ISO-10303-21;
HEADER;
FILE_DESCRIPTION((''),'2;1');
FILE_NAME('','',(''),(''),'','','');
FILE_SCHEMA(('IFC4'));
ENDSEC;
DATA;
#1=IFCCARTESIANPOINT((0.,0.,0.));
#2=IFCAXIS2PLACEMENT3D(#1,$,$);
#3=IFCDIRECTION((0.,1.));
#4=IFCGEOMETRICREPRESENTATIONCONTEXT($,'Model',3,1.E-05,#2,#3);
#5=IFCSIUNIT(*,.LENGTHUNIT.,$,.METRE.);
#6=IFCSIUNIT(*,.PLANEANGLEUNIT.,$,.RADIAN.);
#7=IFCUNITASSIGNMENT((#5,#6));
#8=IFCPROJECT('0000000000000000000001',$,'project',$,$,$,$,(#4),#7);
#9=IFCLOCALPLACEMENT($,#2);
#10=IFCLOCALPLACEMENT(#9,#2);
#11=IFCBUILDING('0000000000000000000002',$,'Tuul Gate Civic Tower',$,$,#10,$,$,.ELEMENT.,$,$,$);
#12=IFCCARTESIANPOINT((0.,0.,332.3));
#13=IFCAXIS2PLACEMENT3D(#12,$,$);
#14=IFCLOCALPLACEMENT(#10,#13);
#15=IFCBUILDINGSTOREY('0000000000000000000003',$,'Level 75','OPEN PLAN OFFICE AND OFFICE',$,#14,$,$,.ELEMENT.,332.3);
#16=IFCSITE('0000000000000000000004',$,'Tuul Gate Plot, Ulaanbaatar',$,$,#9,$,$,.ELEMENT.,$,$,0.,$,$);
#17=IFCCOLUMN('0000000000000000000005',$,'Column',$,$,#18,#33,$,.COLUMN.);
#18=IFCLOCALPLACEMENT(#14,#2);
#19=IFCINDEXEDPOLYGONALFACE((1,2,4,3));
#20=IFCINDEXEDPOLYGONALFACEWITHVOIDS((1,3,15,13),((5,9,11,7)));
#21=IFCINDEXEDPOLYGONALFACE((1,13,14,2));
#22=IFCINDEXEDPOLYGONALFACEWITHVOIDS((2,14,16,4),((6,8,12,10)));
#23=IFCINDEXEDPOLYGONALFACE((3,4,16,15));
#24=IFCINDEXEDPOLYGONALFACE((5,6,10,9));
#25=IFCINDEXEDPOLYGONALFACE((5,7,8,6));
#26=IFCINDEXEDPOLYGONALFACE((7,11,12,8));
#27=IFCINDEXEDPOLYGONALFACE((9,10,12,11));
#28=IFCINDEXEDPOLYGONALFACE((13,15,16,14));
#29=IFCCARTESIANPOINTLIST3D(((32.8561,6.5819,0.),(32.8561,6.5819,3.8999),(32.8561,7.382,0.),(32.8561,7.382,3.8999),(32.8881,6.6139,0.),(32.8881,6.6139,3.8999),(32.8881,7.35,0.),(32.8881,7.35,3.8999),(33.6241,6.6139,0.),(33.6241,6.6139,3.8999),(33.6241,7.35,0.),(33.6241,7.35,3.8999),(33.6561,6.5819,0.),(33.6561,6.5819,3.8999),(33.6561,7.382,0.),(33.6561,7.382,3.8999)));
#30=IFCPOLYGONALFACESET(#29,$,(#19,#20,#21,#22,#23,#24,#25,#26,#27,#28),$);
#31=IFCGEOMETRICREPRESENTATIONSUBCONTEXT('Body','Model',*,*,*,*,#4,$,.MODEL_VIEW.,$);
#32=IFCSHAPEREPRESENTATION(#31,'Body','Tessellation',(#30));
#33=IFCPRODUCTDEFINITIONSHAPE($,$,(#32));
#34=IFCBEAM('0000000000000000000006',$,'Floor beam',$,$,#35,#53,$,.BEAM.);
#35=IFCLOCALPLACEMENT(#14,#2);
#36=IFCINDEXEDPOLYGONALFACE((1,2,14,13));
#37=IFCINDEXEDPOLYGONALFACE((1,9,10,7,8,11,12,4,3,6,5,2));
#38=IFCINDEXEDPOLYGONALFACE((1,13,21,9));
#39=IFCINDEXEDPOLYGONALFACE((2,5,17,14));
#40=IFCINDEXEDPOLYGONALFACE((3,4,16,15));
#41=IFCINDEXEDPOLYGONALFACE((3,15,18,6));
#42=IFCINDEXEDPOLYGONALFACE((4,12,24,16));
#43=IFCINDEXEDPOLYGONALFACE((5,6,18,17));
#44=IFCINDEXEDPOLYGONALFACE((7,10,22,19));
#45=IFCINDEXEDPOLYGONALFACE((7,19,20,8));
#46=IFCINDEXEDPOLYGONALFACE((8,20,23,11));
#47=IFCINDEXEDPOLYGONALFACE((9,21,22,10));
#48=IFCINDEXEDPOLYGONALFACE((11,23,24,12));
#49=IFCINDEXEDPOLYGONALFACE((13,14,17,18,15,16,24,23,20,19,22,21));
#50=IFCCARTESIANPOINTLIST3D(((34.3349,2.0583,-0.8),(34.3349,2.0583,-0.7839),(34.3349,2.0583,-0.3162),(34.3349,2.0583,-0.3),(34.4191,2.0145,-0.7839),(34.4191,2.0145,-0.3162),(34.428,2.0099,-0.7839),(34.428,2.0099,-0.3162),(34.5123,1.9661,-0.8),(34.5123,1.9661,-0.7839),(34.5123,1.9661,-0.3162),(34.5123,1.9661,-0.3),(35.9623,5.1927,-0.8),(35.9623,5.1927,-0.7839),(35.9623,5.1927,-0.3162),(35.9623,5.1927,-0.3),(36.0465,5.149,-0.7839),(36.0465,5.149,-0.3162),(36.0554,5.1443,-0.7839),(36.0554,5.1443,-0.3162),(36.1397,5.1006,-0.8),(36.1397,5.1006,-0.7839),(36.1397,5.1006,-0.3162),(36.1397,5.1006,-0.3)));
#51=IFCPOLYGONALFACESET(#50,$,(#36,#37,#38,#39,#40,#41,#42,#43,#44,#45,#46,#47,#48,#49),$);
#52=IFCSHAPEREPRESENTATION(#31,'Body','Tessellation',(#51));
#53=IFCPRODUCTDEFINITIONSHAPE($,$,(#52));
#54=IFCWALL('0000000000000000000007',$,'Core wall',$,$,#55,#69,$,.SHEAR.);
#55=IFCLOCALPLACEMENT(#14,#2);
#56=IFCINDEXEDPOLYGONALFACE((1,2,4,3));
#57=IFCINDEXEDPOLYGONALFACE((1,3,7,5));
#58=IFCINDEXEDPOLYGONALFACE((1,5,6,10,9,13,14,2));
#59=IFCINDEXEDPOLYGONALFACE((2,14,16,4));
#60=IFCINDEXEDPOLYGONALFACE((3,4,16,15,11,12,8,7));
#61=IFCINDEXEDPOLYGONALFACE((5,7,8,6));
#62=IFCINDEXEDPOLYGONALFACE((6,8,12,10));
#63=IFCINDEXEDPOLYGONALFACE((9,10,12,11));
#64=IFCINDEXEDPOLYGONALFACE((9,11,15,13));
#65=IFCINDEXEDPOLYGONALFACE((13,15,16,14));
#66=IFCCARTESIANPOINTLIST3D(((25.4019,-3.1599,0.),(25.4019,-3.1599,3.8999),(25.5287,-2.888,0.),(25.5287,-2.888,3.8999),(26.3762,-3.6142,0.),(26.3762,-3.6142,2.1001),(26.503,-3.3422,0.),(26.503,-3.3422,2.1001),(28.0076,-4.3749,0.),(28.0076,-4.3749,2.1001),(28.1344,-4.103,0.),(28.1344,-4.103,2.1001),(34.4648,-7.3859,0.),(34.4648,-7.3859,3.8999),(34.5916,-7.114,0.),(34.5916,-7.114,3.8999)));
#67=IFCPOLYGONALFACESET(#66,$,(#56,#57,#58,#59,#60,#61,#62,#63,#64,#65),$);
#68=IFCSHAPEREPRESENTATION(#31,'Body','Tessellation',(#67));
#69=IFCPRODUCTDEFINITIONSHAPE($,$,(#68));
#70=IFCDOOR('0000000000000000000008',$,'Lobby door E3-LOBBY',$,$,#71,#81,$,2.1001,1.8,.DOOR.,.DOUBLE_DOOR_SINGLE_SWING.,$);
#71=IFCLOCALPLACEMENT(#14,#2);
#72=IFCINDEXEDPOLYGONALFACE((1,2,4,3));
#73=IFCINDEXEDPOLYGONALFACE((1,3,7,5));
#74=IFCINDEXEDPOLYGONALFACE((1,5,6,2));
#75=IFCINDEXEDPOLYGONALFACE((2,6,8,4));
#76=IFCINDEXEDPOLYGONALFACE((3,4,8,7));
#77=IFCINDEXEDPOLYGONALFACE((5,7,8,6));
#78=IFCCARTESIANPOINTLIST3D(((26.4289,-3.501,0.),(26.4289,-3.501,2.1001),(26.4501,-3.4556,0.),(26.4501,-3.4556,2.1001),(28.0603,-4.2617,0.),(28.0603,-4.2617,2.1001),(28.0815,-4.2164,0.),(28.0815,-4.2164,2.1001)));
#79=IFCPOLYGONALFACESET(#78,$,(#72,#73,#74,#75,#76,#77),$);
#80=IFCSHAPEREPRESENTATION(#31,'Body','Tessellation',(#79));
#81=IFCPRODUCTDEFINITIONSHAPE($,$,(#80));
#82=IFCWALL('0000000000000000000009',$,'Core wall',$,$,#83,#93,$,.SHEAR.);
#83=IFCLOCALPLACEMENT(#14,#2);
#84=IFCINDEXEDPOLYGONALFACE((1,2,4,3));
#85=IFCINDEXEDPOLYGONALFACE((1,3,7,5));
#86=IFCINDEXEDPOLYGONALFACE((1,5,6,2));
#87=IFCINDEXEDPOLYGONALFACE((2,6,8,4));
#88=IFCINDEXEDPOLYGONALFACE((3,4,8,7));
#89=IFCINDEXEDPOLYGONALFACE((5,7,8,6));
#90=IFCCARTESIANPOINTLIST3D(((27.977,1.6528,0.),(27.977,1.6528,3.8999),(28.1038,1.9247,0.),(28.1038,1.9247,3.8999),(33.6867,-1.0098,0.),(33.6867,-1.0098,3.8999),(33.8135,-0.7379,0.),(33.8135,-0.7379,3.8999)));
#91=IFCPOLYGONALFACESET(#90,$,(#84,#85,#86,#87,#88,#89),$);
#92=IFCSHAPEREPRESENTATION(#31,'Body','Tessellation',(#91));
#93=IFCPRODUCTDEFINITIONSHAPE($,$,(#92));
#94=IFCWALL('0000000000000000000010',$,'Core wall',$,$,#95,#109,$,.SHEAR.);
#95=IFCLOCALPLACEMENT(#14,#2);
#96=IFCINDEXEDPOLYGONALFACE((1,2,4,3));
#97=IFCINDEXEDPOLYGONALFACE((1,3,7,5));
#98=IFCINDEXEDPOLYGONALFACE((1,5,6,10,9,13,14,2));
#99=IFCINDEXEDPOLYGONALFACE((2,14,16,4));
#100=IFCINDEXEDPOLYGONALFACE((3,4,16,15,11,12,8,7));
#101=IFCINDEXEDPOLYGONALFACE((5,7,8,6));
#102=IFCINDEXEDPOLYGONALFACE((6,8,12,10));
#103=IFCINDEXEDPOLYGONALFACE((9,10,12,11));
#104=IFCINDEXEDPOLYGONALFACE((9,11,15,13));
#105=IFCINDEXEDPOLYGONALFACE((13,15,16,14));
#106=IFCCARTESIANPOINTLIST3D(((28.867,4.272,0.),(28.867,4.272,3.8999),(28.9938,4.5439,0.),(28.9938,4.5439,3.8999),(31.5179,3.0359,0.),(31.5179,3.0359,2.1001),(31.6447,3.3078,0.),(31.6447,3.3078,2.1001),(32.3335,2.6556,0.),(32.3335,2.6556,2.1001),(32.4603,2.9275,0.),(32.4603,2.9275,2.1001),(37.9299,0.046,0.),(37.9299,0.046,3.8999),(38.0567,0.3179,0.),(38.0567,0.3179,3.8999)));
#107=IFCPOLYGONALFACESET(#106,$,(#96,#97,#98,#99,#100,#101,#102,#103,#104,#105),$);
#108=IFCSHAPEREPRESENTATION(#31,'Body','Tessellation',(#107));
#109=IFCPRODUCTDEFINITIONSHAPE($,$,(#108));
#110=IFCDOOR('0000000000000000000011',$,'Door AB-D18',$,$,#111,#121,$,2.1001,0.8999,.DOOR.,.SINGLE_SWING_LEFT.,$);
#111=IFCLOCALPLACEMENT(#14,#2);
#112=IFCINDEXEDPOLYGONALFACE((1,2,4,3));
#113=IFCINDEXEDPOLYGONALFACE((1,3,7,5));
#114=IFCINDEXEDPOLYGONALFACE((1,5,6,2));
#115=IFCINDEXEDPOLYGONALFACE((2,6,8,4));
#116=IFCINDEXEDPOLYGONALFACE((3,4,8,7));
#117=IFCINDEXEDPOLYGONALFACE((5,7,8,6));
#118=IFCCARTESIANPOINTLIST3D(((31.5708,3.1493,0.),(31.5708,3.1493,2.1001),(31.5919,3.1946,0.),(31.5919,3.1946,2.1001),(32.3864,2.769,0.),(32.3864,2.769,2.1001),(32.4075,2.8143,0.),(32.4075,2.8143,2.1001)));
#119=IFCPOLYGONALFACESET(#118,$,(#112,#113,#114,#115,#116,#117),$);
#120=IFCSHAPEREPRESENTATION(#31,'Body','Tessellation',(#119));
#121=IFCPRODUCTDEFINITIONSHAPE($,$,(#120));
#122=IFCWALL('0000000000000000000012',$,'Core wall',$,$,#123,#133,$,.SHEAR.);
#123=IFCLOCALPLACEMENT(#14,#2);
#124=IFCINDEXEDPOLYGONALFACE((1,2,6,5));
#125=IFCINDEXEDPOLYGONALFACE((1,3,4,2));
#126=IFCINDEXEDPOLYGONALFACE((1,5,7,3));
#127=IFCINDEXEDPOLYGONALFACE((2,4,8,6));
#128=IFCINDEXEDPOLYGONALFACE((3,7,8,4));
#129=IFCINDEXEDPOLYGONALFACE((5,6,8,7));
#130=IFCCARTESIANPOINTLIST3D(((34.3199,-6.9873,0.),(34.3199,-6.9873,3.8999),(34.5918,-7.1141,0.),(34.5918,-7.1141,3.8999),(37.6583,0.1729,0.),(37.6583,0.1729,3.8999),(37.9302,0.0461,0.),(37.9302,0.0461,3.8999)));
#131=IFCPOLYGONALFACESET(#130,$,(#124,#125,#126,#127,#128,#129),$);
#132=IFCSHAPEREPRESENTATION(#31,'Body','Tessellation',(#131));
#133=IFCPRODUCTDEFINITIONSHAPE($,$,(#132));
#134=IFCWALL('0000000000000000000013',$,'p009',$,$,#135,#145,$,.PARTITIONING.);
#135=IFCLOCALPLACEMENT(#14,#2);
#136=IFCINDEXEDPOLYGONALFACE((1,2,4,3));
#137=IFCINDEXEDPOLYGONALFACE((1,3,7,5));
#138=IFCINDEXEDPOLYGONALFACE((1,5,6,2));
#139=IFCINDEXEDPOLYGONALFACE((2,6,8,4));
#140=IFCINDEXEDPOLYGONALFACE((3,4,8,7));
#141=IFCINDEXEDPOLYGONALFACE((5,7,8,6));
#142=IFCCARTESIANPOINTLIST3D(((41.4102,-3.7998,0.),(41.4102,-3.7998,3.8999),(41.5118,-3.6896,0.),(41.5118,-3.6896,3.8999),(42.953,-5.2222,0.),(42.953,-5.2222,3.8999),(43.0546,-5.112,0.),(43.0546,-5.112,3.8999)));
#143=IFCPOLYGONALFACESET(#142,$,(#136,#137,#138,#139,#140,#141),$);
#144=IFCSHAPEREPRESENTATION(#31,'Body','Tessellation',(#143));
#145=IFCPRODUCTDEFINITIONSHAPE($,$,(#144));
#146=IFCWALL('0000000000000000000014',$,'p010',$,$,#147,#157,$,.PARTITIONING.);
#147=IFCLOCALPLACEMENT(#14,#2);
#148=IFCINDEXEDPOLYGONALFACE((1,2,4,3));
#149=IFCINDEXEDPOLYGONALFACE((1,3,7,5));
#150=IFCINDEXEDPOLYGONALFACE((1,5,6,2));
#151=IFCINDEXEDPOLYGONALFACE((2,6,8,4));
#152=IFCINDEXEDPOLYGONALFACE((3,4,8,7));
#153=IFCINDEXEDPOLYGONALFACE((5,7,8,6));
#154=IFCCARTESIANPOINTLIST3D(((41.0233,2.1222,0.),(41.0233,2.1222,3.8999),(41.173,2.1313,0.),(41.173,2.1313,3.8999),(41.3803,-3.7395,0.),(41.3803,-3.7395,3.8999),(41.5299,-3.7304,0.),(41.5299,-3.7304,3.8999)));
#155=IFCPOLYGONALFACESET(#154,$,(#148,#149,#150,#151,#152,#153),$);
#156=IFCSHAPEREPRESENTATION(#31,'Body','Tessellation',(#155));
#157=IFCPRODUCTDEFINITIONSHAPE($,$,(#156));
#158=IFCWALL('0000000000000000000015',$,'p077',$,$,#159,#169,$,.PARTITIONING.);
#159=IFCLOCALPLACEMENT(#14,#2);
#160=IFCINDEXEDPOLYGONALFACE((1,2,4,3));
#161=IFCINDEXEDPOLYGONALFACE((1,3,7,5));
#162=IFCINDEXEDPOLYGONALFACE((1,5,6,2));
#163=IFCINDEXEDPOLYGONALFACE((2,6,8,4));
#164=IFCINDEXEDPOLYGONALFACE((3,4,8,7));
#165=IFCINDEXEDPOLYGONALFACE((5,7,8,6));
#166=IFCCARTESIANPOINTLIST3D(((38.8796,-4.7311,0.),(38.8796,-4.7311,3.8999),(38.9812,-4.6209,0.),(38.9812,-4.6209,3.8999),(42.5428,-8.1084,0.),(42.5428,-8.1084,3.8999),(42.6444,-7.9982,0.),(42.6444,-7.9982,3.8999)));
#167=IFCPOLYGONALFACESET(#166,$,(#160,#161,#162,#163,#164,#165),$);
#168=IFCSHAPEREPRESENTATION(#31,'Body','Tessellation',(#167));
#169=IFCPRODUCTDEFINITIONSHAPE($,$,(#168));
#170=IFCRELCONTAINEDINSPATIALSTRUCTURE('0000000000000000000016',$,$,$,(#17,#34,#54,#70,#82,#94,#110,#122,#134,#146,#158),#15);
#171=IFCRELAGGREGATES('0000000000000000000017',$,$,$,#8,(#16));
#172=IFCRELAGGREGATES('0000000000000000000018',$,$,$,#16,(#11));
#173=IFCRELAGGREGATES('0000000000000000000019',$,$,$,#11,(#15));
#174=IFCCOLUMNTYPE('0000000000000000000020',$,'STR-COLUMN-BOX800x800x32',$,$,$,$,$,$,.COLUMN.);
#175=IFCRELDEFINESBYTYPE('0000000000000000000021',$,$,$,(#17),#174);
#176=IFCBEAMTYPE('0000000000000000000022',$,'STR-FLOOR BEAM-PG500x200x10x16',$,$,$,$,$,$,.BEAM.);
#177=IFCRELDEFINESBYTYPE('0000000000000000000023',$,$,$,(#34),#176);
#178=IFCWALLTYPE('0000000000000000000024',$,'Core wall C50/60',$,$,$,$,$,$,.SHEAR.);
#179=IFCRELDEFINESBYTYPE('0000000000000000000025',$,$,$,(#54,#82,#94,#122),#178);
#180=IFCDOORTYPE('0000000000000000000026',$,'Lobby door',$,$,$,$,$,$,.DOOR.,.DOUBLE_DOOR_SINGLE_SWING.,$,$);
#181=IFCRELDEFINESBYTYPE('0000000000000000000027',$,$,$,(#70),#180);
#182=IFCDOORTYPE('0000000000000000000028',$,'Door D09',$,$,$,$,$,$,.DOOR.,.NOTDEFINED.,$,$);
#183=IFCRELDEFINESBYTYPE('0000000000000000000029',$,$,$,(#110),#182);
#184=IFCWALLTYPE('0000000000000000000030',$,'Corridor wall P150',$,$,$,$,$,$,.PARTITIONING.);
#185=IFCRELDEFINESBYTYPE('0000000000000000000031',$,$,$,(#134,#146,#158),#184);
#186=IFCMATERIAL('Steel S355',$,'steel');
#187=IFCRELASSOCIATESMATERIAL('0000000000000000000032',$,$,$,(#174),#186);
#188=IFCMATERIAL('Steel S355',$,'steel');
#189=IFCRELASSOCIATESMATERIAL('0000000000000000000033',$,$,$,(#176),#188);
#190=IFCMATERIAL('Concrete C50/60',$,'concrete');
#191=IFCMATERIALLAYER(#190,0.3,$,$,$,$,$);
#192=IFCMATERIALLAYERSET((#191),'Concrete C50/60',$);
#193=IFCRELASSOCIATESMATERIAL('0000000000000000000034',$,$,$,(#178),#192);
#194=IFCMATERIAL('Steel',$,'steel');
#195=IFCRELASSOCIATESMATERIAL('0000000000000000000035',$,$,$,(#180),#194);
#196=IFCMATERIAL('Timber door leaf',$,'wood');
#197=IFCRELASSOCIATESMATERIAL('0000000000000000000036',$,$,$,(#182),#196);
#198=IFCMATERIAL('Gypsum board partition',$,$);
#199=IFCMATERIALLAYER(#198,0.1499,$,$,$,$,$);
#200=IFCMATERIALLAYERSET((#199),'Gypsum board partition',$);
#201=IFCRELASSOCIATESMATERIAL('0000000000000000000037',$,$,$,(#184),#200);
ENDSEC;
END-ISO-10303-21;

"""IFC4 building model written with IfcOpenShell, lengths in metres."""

from ifc_helpers import new_model, si_unit, direction, frame, frame_2d, origin, origin_2d, place, context, subcontext, project, spatial, rectangle, hollow_rectangle, i_section, extrude, material, layer, layer_set, material_profile, profile_set, type_object, element, fill, save


model = new_model("IFC4")

# Units and contexts
model_context = context("Model", 3, precision=1e-05, world=origin(), true_north=direction((0.0, 1.0)))
body_context = subcontext(model_context, "Body", "Model", "MODEL_VIEW")
ifc_project = project(units=[si_unit("LENGTHUNIT", "METRE"), si_unit("PLANEANGLEUNIT", "RADIAN")], contexts=[model_context])

# Site, building, storey
site_placement = place(None, origin())
site = spatial("IfcSite", under=ifc_project, at=site_placement, Name="Tuul Gate Plot, Ulaanbaatar", CompositionType="ELEMENT", RefElevation=0.0)
building_placement = place(site_placement, origin())
building = spatial("IfcBuilding", under=site, at=building_placement, Name="Tuul Gate Civic Tower", CompositionType="ELEMENT")
storey_placement = place(building_placement, frame((0.0, 0.0, 332.3)))
storey = spatial("IfcBuildingStorey", under=building, at=storey_placement, Name="Level 75", Description="OPEN PLAN OFFICE AND OFFICE", CompositionType="ELEMENT", Elevation=332.3)

# Column
ifc_material_1 = material(Name="Steel S355", Category="steel")
ifc_material_profile_1 = material_profile(ifc_material_1, hollow_rectangle(XDim=0.8, YDim=0.8, WallThickness=0.032, at=origin_2d()), Name="BOX800x800x32")
ifc_profile_set_1 = profile_set([ifc_material_profile_1], Name="Steel S355")
column_type = type_object("IfcColumnType", Name="STR-COLUMN-BOX800x800x32", PredefinedType="COLUMN", material=ifc_profile_set_1)
column_placement = place(storey_placement, frame((33.2561, 6.9819, 0.0), z_axis=(0.0, 0.0, 1.0), x_axis=(1.0, 0.0, 0.0)))
element("IfcColumn", 1, at=column_placement, inside=storey, type_object=column_type, Name="Column", PredefinedType="COLUMN", context=body_context, shape_type="SweptSolid", body=[
    extrude(hollow_rectangle(XDim=0.8, YDim=0.8, WallThickness=0.032, at=origin_2d()), origin(), (0.0, 0.0, 1.0), 3.8999),
])

# Beam
ifc_material_2 = material(Name="Steel S355", Category="steel")
ifc_material_profile_2 = material_profile(ifc_material_2, i_section(OverallWidth=0.2, OverallDepth=0.5, WebThickness=0.01, FlangeThickness=0.0161, at=origin_2d()), Name="PG500x200x10x16")
ifc_profile_set_2 = profile_set([ifc_material_profile_2], Name="Steel S355")
beam_type = type_object("IfcBeamType", Name="STR-FLOOR BEAM-PG500x200x10x16", PredefinedType="BEAM", material=ifc_profile_set_2)
beam_placement = place(storey_placement, frame((34.4236, 2.0122, -0.55), z_axis=(0.460793, 0.887507, 0.0), x_axis=(-0.887507, 0.460793, 0.0)))
element("IfcBeam", 2, at=beam_placement, inside=storey, type_object=beam_type, Name="Floor beam", PredefinedType="BEAM", context=body_context, shape_type="SweptSolid", body=[
    extrude(i_section(OverallWidth=0.2, OverallDepth=0.5, WebThickness=0.01, FlangeThickness=0.0161, at=origin_2d()), origin(), (0.0, 0.0, 1.0), 3.5317),
])

# Wall, opening, door
ifc_material_3 = material(Name="Concrete C50/60", Category="concrete")
ifc_layer_1 = layer(ifc_material_3, 0.3)
ifc_layer_set_1 = layer_set([ifc_layer_1], Name="Concrete C50/60")
wall_type_1 = type_object("IfcWallType", Name="Core wall C50/60", PredefinedType="SHEAR", material=ifc_layer_set_1)
wall_1_placement = place(storey_placement, frame((34.5283, -7.25, 0.0), z_axis=(0.0, 0.0, 1.0), x_axis=(-0.90631, 0.422613, 0.0)))
wall_1 = element("IfcWall", 3, at=wall_1_placement, inside=storey, type_object=wall_type_1, Name="Core wall", PredefinedType="SHEAR", context=body_context, shape_type="SweptSolid", body=[
    extrude(rectangle(XDim=9.9998, YDim=0.3, at=frame_2d((5.0, 0.0))), origin(), (0.0, 0.0, 1.0), 3.8999),
])
opening_1_placement = place(wall_1_placement, frame((7.125, 0.0, 0.0)))
opening_1 = element("IfcOpeningElement", 4, at=opening_1_placement, cuts=wall_1, PredefinedType="OPENING", context=body_context, shape_type="SweptSolid", body=[
    extrude(rectangle(XDim=1.8, YDim=2.1001, at=frame_2d((0.8999, 1.05))), frame((0.0, 0.1602, 0.0), z_axis=(0.0, -1.0, 0.0), x_axis=(1.0, 0.0, 0.0)), (0.0, 0.0, 1.0), 0.3201),
])
ifc_material_4 = material(Name="Steel", Category="steel")
door_type_1 = type_object("IfcDoorType", Name="Lobby door", OperationType="DOUBLE_DOOR_SINGLE_SWING", PredefinedType="DOOR", material=ifc_material_4)
door_1_placement = place(opening_1_placement, frame((1.8, 0.0, 0.0), z_axis=(0.0, 0.0, 1.0), x_axis=(-1.0, 0.0, 0.0)))
door_1 = element("IfcDoor", 5, at=door_1_placement, inside=storey, type_object=door_type_1, Name="Lobby door E3-LOBBY", OperationType="DOUBLE_DOOR_SINGLE_SWING", OverallHeight=2.1001, OverallWidth=1.8, PredefinedType="DOOR", context=body_context, shape_type="SweptSolid", body=[
    extrude(rectangle(XDim=1.8, YDim=2.1001, at=frame_2d((0.9001, 1.05))), frame((0.0, 0.0249, 0.0), z_axis=(0.0, -1.0, 0.0), x_axis=(1.0, 0.0, 0.0)), (0.0, 0.0, 1.0), 0.05),
])
fill(opening_1, door_1)

# Wall
wall_2_placement = place(storey_placement, frame((33.75, -0.8738, 0.0), z_axis=(0.0, 0.0, 1.0), x_axis=(-0.906301, 0.422633, 0.0)))
element("IfcWall", 6, at=wall_2_placement, inside=storey, type_object=wall_type_1, Name="Core wall", PredefinedType="SHEAR", context=body_context, shape_type="SweptSolid", body=[
    extrude(rectangle(XDim=6.3, YDim=0.3, at=frame_2d((3.1499, 0.0))), origin(), (0.0, 0.0, 1.0), 3.8999),
])

# Wall, opening, door
wall_3_placement = place(storey_placement, frame((37.9934, 0.1819, 0.0), z_axis=(0.0, 0.0, 1.0), x_axis=(-0.90631, 0.422613, 0.0)))
wall_3 = element("IfcWall", 7, at=wall_3_placement, inside=storey, type_object=wall_type_1, Name="Core wall", PredefinedType="SHEAR", context=body_context, shape_type="SweptSolid", body=[
    extrude(rectangle(XDim=9.9998, YDim=0.3, at=frame_2d((5.0, 0.0))), origin(), (0.0, 0.0, 1.0), 3.8999),
])
opening_2_placement = place(wall_3_placement, frame((6.175, 0.0, 0.0)))
opening_2 = element("IfcOpeningElement", 8, at=opening_2_placement, cuts=wall_3, PredefinedType="OPENING", context=body_context, shape_type="SweptSolid", body=[
    extrude(rectangle(XDim=0.8999, YDim=2.1001, at=frame_2d((0.45, 1.05))), frame((0.0, 0.1602, 0.0), z_axis=(0.0, -1.0, 0.0), x_axis=(1.0, 0.0, 0.0)), (0.0, 0.0, 1.0), 0.3201),
])
ifc_material_5 = material(Name="Timber door leaf", Category="wood")
door_type_2 = type_object("IfcDoorType", Name="Door D09", OperationType="NOTDEFINED", PredefinedType="DOOR", material=ifc_material_5)
door_2_placement = place(opening_2_placement, origin())
door_2 = element("IfcDoor", 9, at=door_2_placement, inside=storey, type_object=door_type_2, Name="Door AB-D18", OperationType="SINGLE_SWING_LEFT", OverallHeight=2.1001, OverallWidth=0.8999, PredefinedType="DOOR", context=body_context, shape_type="SweptSolid", body=[
    extrude(rectangle(XDim=0.8999, YDim=2.1001, at=frame_2d((0.45, 1.05))), frame((0.0, 0.0249, 0.0), z_axis=(0.0, -1.0, 0.0), x_axis=(1.0, 0.0, 0.0)), (0.0, 0.0, 1.0), 0.05),
])
fill(opening_2, door_2)

# Walls
wall_4_placement = place(storey_placement, frame((34.4558, -7.0508, 0.0), z_axis=(0.0, 0.0, 1.0), x_axis=(0.422571, 0.90633, 0.0)))
element("IfcWall", 10, at=wall_4_placement, inside=storey, type_object=wall_type_1, Name="Core wall", PredefinedType="SHEAR", context=body_context, shape_type="SweptSolid", body=[
    extrude(rectangle(XDim=7.9001, YDim=0.3, at=frame_2d((3.9502, 0.0))), origin(), (0.0, 0.0, 1.0), 3.8999),
])
ifc_material_6 = material(Name="Gypsum board partition")
ifc_layer_2 = layer(ifc_material_6, 0.1499)
ifc_layer_set_2 = layer_set([ifc_layer_2], Name="Gypsum board partition")
wall_type_2 = type_object("IfcWallType", Name="Corridor wall P150", PredefinedType="PARTITIONING", material=ifc_layer_set_2)
wall_5_placement = place(storey_placement, frame((41.4609, -3.7446, 0.0), z_axis=(0.0, 0.0, 1.0), x_axis=(0.735205, -0.677845, 0.0)))
element("IfcWall", 11, at=wall_5_placement, inside=storey, type_object=wall_type_2, Name="p009", PredefinedType="PARTITIONING", context=body_context, shape_type="SweptSolid", body=[
    extrude(rectangle(XDim=2.0984, YDim=0.1499, at=frame_2d((1.0493, 0.0))), origin(), (0.0, 0.0, 1.0), 3.8999),
])
wall_6_placement = place(storey_placement, frame((41.0981, 2.1267, 0.0), z_axis=(0.0, 0.0, 1.0), x_axis=(0.060779, -0.998151, 0.0)))
element("IfcWall", 12, at=wall_6_placement, inside=storey, type_object=wall_type_2, Name="p010", PredefinedType="PARTITIONING", context=body_context, shape_type="SweptSolid", body=[
    extrude(rectangle(XDim=5.8726, YDim=0.1499, at=frame_2d((2.9363, 0.0))), origin(), (0.0, 0.0, 1.0), 3.8999),
])
wall_7_placement = place(storey_placement, frame((38.9304, -4.676, 0.0), z_axis=(0.0, 0.0, 1.0), x_axis=(0.735215, -0.677834, 0.0)))
element("IfcWall", 13, at=wall_7_placement, inside=storey, type_object=wall_type_2, Name="p077", PredefinedType="PARTITIONING", context=body_context, shape_type="SweptSolid", body=[
    extrude(rectangle(XDim=4.9824, YDim=0.1499, at=frame_2d((2.4912, 0.0))), origin(), (0.0, 0.0, 1.0), 3.8999),
])

save(model, "model.ifc")
